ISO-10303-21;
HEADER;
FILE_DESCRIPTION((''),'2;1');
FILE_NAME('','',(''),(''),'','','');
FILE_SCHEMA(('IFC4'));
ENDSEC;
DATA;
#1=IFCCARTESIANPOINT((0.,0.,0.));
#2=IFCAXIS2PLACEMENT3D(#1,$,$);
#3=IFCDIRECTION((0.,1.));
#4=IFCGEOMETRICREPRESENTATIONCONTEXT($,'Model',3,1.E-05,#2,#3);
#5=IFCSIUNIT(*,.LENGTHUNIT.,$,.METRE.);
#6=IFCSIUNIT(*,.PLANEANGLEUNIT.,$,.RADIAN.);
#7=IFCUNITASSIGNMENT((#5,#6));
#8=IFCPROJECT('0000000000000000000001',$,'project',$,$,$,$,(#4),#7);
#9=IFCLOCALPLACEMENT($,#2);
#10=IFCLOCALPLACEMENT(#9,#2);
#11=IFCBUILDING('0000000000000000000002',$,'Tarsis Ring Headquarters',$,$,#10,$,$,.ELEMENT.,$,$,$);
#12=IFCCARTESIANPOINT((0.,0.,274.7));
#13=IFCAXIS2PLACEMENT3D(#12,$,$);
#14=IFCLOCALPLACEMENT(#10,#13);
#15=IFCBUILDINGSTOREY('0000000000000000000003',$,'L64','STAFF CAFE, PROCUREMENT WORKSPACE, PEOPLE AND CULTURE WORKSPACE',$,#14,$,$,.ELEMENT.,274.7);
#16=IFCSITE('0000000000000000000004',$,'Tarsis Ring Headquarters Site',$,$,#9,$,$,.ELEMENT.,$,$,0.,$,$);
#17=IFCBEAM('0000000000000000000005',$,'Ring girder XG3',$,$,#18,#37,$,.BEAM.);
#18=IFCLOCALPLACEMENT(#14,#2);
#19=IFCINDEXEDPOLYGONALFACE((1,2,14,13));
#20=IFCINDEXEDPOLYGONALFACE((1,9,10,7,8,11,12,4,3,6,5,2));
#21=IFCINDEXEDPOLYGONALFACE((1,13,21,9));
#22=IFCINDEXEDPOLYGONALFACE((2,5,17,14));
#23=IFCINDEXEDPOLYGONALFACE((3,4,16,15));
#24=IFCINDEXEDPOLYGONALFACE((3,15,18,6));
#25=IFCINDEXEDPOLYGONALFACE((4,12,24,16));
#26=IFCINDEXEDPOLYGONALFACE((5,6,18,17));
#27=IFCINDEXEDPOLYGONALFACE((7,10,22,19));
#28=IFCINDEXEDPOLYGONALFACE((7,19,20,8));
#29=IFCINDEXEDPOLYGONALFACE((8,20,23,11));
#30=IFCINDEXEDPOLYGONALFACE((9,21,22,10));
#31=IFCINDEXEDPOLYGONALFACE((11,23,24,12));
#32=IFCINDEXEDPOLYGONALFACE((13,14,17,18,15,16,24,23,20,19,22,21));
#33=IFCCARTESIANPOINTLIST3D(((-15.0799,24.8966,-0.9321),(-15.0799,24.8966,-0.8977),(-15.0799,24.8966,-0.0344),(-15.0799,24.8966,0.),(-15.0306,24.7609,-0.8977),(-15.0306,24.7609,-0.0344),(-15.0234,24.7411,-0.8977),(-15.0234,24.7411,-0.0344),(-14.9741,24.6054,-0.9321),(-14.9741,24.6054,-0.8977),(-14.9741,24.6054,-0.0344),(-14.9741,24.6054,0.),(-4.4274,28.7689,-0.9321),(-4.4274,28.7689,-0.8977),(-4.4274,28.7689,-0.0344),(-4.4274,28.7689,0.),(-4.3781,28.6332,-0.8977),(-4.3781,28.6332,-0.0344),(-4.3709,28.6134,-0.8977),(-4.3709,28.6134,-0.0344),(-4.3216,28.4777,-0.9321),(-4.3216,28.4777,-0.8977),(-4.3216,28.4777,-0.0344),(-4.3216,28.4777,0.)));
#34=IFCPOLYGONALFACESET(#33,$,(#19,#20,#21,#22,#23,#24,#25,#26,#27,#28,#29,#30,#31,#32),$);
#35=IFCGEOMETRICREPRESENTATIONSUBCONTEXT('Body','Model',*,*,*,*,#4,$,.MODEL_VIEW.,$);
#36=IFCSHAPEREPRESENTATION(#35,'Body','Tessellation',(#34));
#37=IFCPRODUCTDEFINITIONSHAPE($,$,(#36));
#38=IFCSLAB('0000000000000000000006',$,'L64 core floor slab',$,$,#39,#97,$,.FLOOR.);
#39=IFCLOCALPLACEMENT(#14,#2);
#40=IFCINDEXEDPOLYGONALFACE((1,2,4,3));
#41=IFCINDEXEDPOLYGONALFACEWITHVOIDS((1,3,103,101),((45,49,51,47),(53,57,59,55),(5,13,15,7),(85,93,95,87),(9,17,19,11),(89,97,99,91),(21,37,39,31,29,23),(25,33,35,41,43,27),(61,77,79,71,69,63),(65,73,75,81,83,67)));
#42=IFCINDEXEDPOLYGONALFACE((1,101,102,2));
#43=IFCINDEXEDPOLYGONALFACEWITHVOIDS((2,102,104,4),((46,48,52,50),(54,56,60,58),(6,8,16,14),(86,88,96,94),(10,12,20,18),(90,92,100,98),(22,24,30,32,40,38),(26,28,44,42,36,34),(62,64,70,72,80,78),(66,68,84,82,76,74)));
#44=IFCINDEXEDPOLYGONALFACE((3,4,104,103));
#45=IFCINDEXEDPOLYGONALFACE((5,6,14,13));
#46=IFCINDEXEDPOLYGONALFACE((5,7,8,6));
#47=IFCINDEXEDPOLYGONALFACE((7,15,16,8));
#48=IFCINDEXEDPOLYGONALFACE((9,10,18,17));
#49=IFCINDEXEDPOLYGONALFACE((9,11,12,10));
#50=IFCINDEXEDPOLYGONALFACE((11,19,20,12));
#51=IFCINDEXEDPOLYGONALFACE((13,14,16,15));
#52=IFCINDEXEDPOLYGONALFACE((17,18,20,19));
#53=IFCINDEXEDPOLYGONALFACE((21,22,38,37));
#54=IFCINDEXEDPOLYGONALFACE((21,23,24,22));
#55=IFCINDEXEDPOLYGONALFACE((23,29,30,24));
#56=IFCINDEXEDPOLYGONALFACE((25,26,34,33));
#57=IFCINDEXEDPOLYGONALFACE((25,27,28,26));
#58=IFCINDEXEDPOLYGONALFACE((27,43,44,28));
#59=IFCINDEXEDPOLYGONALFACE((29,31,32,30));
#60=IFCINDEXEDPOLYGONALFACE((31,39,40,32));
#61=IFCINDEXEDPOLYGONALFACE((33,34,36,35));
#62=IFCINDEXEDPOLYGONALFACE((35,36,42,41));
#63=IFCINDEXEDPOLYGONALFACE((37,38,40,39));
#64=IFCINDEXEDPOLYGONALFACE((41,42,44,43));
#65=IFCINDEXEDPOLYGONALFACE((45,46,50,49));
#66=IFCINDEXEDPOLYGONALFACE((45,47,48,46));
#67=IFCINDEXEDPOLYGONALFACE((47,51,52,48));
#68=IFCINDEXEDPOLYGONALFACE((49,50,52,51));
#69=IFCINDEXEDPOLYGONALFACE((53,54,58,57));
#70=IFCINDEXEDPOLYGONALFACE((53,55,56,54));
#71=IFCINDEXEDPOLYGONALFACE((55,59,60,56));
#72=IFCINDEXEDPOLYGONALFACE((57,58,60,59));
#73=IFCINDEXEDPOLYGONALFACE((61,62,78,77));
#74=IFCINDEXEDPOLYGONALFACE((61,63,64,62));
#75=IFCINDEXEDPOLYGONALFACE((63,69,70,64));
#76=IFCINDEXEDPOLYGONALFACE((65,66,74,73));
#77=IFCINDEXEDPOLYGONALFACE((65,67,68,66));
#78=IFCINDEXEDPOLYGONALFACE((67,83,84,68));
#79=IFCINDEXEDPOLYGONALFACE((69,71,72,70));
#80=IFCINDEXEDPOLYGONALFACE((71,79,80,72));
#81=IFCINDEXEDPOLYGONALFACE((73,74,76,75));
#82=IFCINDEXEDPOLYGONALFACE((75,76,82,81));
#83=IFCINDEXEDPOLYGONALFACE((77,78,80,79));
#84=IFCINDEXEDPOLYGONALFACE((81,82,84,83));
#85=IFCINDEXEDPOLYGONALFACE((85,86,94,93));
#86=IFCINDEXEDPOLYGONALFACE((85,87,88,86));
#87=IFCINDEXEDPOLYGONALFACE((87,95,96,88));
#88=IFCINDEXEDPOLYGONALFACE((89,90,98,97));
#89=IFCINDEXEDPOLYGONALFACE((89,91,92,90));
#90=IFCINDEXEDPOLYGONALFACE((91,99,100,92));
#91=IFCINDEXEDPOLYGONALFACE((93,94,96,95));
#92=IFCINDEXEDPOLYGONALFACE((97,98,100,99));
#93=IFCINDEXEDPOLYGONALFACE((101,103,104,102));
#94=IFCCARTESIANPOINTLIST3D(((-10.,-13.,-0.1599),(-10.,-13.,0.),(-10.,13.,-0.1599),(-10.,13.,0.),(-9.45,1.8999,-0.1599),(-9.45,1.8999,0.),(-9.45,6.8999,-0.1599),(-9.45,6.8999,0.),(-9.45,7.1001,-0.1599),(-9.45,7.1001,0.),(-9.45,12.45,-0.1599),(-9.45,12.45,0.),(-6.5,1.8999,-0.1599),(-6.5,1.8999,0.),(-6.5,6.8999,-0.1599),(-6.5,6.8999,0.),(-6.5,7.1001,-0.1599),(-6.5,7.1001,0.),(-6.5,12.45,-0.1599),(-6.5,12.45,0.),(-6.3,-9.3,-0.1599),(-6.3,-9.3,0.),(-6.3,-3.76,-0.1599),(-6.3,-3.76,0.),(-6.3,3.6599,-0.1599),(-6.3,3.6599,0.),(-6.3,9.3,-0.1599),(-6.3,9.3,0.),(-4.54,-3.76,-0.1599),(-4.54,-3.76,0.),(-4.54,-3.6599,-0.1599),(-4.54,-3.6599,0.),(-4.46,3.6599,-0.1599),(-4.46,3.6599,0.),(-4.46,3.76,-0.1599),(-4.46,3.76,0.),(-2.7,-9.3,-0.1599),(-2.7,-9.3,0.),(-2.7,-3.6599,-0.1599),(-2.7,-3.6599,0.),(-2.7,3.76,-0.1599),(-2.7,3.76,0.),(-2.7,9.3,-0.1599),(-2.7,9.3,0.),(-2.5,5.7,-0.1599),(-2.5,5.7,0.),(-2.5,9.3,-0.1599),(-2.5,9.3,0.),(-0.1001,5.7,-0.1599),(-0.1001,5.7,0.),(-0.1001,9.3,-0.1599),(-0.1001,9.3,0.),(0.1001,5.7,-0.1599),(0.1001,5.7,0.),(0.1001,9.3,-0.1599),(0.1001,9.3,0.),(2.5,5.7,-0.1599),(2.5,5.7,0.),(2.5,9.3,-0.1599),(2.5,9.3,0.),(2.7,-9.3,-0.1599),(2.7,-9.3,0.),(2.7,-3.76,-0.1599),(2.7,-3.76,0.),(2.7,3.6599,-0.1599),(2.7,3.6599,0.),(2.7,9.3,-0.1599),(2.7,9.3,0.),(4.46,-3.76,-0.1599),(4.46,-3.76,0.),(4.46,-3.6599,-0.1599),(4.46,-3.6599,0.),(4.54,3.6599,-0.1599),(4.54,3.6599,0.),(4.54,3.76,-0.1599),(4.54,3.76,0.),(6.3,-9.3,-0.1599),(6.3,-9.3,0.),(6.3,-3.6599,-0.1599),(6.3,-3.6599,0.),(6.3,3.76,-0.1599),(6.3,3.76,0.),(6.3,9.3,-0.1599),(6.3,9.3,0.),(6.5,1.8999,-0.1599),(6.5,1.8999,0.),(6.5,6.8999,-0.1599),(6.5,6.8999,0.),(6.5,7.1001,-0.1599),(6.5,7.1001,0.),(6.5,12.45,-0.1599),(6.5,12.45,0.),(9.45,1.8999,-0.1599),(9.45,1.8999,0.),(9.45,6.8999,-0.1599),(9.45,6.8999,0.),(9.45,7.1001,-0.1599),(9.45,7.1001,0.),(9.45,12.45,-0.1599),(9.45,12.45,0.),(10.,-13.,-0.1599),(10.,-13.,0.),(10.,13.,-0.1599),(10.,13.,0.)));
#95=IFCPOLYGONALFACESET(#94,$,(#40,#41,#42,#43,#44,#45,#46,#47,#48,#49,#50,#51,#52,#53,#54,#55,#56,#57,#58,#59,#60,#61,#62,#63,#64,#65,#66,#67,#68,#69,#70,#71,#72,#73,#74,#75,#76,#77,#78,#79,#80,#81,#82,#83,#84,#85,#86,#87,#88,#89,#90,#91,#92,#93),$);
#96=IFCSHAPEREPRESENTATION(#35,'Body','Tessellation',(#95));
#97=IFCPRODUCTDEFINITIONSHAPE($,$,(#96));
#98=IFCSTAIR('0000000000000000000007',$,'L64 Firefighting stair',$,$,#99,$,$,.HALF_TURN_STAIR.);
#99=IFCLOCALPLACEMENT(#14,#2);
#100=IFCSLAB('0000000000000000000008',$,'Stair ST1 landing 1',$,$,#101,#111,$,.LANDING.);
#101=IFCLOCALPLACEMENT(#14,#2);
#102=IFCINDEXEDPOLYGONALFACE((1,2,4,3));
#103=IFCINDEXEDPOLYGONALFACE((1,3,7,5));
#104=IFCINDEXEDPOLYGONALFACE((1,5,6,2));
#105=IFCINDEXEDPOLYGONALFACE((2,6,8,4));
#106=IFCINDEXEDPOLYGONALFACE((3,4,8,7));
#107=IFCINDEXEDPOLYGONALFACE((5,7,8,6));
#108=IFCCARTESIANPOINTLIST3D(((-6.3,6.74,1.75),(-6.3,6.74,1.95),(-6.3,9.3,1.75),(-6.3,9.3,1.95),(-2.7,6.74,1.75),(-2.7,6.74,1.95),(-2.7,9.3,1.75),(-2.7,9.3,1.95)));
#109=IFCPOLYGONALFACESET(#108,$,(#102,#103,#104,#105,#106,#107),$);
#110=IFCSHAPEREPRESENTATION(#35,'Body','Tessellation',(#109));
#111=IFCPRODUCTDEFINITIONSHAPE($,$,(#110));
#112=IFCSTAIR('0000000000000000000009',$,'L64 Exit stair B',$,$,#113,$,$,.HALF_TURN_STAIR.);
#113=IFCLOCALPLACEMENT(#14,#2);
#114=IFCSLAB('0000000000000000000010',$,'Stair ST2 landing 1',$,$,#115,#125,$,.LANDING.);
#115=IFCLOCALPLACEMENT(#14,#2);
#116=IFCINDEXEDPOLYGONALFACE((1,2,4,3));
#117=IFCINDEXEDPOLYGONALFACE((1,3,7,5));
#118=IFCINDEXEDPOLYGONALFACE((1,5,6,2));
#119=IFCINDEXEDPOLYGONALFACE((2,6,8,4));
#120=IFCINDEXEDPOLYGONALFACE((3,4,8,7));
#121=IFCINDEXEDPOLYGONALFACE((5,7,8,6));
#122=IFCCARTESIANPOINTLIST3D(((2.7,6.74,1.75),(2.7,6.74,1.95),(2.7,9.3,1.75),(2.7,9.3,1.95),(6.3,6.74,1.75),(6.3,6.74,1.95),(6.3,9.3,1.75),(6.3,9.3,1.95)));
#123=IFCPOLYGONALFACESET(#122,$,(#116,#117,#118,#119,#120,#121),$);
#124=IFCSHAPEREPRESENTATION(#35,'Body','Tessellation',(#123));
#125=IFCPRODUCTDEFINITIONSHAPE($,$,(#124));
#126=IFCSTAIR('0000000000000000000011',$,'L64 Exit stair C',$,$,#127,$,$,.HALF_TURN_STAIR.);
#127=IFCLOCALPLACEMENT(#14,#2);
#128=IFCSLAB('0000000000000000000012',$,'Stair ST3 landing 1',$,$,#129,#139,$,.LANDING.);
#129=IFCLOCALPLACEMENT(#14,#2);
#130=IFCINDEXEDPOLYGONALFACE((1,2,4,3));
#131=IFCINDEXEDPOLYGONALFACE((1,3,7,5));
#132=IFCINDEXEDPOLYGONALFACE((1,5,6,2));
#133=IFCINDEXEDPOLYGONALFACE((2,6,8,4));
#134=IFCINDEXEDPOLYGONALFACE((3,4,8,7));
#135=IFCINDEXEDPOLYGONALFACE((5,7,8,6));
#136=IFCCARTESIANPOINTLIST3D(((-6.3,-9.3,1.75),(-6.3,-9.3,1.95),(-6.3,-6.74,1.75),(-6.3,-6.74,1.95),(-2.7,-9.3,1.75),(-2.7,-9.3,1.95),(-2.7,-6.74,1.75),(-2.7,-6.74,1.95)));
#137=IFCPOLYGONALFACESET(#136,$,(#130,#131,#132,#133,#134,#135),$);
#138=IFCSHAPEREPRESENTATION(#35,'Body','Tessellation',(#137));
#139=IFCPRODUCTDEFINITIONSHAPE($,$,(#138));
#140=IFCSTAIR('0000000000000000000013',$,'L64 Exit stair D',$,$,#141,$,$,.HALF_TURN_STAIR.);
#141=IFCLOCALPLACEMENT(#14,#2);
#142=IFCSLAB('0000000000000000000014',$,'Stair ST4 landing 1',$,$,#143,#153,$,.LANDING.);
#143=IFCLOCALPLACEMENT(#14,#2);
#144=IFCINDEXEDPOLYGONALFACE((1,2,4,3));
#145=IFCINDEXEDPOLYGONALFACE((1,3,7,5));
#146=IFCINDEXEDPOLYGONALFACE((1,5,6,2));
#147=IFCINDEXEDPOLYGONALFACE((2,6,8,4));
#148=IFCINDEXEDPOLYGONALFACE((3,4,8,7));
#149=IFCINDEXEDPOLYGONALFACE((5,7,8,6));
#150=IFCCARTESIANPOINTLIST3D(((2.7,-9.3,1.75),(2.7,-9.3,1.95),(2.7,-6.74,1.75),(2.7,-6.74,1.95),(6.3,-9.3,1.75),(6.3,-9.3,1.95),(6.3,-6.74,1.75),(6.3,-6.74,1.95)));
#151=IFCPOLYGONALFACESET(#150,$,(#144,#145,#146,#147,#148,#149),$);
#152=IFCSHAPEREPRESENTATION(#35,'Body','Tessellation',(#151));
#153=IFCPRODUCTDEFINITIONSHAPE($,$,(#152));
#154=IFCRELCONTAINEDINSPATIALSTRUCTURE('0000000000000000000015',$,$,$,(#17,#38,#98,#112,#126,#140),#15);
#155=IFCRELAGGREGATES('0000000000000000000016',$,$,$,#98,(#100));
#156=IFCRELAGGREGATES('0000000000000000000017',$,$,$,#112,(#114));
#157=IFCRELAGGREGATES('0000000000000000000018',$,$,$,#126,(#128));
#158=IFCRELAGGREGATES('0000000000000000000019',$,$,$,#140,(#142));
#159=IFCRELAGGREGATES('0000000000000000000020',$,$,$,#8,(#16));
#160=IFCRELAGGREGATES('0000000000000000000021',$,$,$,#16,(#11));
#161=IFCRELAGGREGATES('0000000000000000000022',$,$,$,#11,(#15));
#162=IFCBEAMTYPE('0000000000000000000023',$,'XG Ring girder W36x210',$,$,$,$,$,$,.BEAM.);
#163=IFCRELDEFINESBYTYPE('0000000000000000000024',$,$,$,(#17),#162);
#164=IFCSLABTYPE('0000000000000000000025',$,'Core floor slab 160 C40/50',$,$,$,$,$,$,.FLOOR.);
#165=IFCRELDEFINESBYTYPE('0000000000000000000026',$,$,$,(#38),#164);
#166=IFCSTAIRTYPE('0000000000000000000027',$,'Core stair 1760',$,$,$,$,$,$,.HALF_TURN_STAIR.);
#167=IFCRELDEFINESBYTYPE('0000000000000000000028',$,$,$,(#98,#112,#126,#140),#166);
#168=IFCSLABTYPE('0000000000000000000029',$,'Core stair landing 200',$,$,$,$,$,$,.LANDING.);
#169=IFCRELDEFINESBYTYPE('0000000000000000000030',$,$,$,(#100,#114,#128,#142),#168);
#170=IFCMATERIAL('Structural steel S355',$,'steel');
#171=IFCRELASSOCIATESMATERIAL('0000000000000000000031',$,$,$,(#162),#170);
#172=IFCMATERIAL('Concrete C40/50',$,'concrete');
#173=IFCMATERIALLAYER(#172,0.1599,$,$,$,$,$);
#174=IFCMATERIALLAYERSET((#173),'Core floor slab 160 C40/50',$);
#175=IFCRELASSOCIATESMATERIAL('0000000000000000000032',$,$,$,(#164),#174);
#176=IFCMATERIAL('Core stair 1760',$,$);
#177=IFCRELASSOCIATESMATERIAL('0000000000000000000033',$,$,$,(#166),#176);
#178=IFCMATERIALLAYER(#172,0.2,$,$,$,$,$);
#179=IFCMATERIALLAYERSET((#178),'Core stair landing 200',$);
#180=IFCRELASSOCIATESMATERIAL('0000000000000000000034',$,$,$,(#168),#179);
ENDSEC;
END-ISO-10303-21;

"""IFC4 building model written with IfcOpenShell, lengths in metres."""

from ifc_helpers import new_model, si_unit, direction, frame, origin, origin_2d, place, context, subcontext, project, spatial, polyline, i_section, outline, extrude, material, layer, layer_set, material_profile, profile_set, type_object, element, aggregate, save


model = new_model("IFC4")

# Units and contexts
model_context = context("Model", 3, precision=1e-05, world=origin(), true_north=direction((0.0, 1.0)))
body_context = subcontext(model_context, "Body", "Model", "MODEL_VIEW")
ifc_project = project(units=[si_unit("LENGTHUNIT", "METRE"), si_unit("PLANEANGLEUNIT", "RADIAN")], contexts=[model_context])

# Site, building, storey
site_placement = place(None, origin())
site = spatial("IfcSite", under=ifc_project, at=site_placement, Name="Tarsis Ring Headquarters Site", CompositionType="ELEMENT", RefElevation=0.0)
building_placement = place(site_placement, origin())
building = spatial("IfcBuilding", under=site, at=building_placement, Name="Tarsis Ring Headquarters", CompositionType="ELEMENT")
storey_placement = place(building_placement, frame((0.0, 0.0, 274.7)))
storey = spatial("IfcBuildingStorey", under=building, at=storey_placement, Name="L64", Description="STAFF CAFE, PROCUREMENT WORKSPACE, PEOPLE AND CULTURE WORKSPACE", CompositionType="ELEMENT", Elevation=274.7)

# Shared definitions
ifc_material_1 = material(Name="Structural steel S355", Category="steel")

# Beam
ifc_material_2 = material(Name="Concrete C40/50", Category="concrete")
ifc_material_profile_1 = material_profile(ifc_material_1, i_section(OverallWidth=0.3098, OverallDepth=0.9321, WebThickness=0.021, FlangeThickness=0.0344, at=origin_2d()), Name="W36x210")
ifc_profile_set_1 = profile_set([ifc_material_profile_1], Name="Structural steel S355")
beam_type_1 = type_object("IfcBeamType", Name="XG Ring girder W36x210", PredefinedType="BEAM", material=ifc_profile_set_1)
beam_1_placement = place(storey_placement, frame((-4.3745, 28.6233, -0.4661), z_axis=(-0.939832, -0.341638, 0.0), x_axis=(0.341638, -0.939832, 0.0)))
element("IfcBeam", 1, at=beam_1_placement, inside=storey, type_object=beam_type_1, Name="Ring girder XG3", PredefinedType="BEAM", context=body_context, shape_type="SweptSolid", body=[
    extrude(i_section(OverallWidth=0.3098, OverallDepth=0.9321, WebThickness=0.021, FlangeThickness=0.0344, at=origin_2d()), origin(), (0.0, 0.0, 1.0), 11.3345),
])

# Slab
ifc_layer_1 = layer(ifc_material_2, 0.1599)
ifc_layer_set_1 = layer_set([ifc_layer_1], Name="Core floor slab 160 C40/50")
slab_type_1 = type_object("IfcSlabType", Name="Core floor slab 160 C40/50", PredefinedType="FLOOR", material=ifc_layer_set_1)
slab_1_placement = place(storey_placement, frame((0.0, 0.0, -0.1599)))
element("IfcSlab", 2, at=slab_1_placement, inside=storey, type_object=slab_type_1, Name="L64 core floor slab", PredefinedType="FLOOR", context=body_context, shape_type="SweptSolid", body=[
    extrude(outline(polyline([(-10.0, -13.0), (10.0, -13.0), (10.0, 13.0), (-10.0, 13.0), (-10.0, -13.0)]), holes=[polyline([(-2.5, 5.7), (-0.1001, 5.7), (-0.1001, 9.3), (-2.5, 9.3), (-2.5, 5.7)]), polyline([(0.1001, 5.7), (2.5, 5.7), (2.5, 9.3), (0.1001, 9.3), (0.1001, 5.7)]), polyline([(-9.45, 1.8999), (-6.5, 1.8999), (-6.5, 6.8999), (-9.45, 6.8999), (-9.45, 1.8999)]), polyline([(-9.45, 7.1001), (-6.5, 7.1001), (-6.5, 12.45), (-9.45, 12.45), (-9.45, 7.1001)]), polyline([(6.5, 1.8999), (9.45, 1.8999), (9.45, 6.8999), (6.5, 6.8999), (6.5, 1.8999)]), polyline([(6.5, 7.1001), (9.45, 7.1001), (9.45, 12.45), (6.5, 12.45), (6.5, 7.1001)]), polyline([(-2.7, 3.76), (-2.7, 9.3), (-6.3, 9.3), (-6.3, 3.6599), (-4.46, 3.6599), (-4.46, 3.76), (-2.7, 3.76)]), polyline([(6.3, 3.76), (6.3, 9.3), (2.7, 9.3), (2.7, 3.6599), (4.54, 3.6599), (4.54, 3.76), (6.3, 3.76)]), polyline([(-6.3, -3.76), (-6.3, -9.3), (-2.7, -9.3), (-2.7, -3.6599), (-4.54, -3.6599), (-4.54, -3.76), (-6.3, -3.76)]), polyline([(2.7, -3.76), (2.7, -9.3), (6.3, -9.3), (6.3, -3.6599), (4.46, -3.6599), (4.46, -3.76), (2.7, -3.76)])]), origin(), (0.0, 0.0, 1.0), 0.1599),
])

# Stairs, slabs
ifc_material_3 = material(Name="Core stair 1760")
stair_type = type_object("IfcStairType", Name="Core stair 1760", PredefinedType="HALF_TURN_STAIR", material=ifc_material_3)
stair_1_placement = place(storey_placement, origin())
stair_1 = element("IfcStair", 3, at=stair_1_placement, inside=storey, type_object=stair_type, Name="L64 Firefighting stair", PredefinedType="HALF_TURN_STAIR")
ifc_layer_2 = layer(ifc_material_2, 0.2)
ifc_layer_set_2 = layer_set([ifc_layer_2], Name="Core stair landing 200")
slab_type_2 = type_object("IfcSlabType", Name="Core stair landing 200", PredefinedType="LANDING", material=ifc_layer_set_2)
slab_2_placement = place(storey_placement, frame((0.0, 0.0, 1.75)))
slab_2 = element("IfcSlab", 4, at=slab_2_placement, type_object=slab_type_2, Name="Stair ST1 landing 1", PredefinedType="LANDING", context=body_context, shape_type="SweptSolid", body=[
    extrude(outline(polyline([(-2.7, 6.74), (-2.7, 9.3), (-6.3, 9.3), (-6.3, 6.74), (-2.7, 6.74)])), origin(), (0.0, 0.0, 1.0), 0.2),
])
aggregate(stair_1, [slab_2])
stair_2_placement = place(storey_placement, origin())
stair_2 = element("IfcStair", 5, at=stair_2_placement, inside=storey, type_object=stair_type, Name="L64 Exit stair B", PredefinedType="HALF_TURN_STAIR")
slab_3_placement = place(storey_placement, frame((0.0, 0.0, 1.75)))
slab_3 = element("IfcSlab", 6, at=slab_3_placement, type_object=slab_type_2, Name="Stair ST2 landing 1", PredefinedType="LANDING", context=body_context, shape_type="SweptSolid", body=[
    extrude(outline(polyline([(6.3, 6.74), (6.3, 9.3), (2.7, 9.3), (2.7, 6.74), (6.3, 6.74)])), origin(), (0.0, 0.0, 1.0), 0.2),
])
aggregate(stair_2, [slab_3])
stair_3_placement = place(storey_placement, origin())
stair_3 = element("IfcStair", 7, at=stair_3_placement, inside=storey, type_object=stair_type, Name="L64 Exit stair C", PredefinedType="HALF_TURN_STAIR")
slab_4_placement = place(storey_placement, frame((0.0, 0.0, 1.75)))
slab_4 = element("IfcSlab", 8, at=slab_4_placement, type_object=slab_type_2, Name="Stair ST3 landing 1", PredefinedType="LANDING", context=body_context, shape_type="SweptSolid", body=[
    extrude(outline(polyline([(-6.3, -6.74), (-6.3, -9.3), (-2.7, -9.3), (-2.7, -6.74), (-6.3, -6.74)])), origin(), (0.0, 0.0, 1.0), 0.2),
])
aggregate(stair_3, [slab_4])
stair_4_placement = place(storey_placement, origin())
stair_4 = element("IfcStair", 9, at=stair_4_placement, inside=storey, type_object=stair_type, Name="L64 Exit stair D", PredefinedType="HALF_TURN_STAIR")
slab_5_placement = place(storey_placement, frame((0.0, 0.0, 1.75)))
slab_5 = element("IfcSlab", 10, at=slab_5_placement, type_object=slab_type_2, Name="Stair ST4 landing 1", PredefinedType="LANDING", context=body_context, shape_type="SweptSolid", body=[
    extrude(outline(polyline([(2.7, -6.74), (2.7, -9.3), (6.3, -9.3), (6.3, -6.74), (2.7, -6.74)])), origin(), (0.0, 0.0, 1.0), 0.2),
])
aggregate(stair_4, [slab_5])

save(model, "model.ifc")
